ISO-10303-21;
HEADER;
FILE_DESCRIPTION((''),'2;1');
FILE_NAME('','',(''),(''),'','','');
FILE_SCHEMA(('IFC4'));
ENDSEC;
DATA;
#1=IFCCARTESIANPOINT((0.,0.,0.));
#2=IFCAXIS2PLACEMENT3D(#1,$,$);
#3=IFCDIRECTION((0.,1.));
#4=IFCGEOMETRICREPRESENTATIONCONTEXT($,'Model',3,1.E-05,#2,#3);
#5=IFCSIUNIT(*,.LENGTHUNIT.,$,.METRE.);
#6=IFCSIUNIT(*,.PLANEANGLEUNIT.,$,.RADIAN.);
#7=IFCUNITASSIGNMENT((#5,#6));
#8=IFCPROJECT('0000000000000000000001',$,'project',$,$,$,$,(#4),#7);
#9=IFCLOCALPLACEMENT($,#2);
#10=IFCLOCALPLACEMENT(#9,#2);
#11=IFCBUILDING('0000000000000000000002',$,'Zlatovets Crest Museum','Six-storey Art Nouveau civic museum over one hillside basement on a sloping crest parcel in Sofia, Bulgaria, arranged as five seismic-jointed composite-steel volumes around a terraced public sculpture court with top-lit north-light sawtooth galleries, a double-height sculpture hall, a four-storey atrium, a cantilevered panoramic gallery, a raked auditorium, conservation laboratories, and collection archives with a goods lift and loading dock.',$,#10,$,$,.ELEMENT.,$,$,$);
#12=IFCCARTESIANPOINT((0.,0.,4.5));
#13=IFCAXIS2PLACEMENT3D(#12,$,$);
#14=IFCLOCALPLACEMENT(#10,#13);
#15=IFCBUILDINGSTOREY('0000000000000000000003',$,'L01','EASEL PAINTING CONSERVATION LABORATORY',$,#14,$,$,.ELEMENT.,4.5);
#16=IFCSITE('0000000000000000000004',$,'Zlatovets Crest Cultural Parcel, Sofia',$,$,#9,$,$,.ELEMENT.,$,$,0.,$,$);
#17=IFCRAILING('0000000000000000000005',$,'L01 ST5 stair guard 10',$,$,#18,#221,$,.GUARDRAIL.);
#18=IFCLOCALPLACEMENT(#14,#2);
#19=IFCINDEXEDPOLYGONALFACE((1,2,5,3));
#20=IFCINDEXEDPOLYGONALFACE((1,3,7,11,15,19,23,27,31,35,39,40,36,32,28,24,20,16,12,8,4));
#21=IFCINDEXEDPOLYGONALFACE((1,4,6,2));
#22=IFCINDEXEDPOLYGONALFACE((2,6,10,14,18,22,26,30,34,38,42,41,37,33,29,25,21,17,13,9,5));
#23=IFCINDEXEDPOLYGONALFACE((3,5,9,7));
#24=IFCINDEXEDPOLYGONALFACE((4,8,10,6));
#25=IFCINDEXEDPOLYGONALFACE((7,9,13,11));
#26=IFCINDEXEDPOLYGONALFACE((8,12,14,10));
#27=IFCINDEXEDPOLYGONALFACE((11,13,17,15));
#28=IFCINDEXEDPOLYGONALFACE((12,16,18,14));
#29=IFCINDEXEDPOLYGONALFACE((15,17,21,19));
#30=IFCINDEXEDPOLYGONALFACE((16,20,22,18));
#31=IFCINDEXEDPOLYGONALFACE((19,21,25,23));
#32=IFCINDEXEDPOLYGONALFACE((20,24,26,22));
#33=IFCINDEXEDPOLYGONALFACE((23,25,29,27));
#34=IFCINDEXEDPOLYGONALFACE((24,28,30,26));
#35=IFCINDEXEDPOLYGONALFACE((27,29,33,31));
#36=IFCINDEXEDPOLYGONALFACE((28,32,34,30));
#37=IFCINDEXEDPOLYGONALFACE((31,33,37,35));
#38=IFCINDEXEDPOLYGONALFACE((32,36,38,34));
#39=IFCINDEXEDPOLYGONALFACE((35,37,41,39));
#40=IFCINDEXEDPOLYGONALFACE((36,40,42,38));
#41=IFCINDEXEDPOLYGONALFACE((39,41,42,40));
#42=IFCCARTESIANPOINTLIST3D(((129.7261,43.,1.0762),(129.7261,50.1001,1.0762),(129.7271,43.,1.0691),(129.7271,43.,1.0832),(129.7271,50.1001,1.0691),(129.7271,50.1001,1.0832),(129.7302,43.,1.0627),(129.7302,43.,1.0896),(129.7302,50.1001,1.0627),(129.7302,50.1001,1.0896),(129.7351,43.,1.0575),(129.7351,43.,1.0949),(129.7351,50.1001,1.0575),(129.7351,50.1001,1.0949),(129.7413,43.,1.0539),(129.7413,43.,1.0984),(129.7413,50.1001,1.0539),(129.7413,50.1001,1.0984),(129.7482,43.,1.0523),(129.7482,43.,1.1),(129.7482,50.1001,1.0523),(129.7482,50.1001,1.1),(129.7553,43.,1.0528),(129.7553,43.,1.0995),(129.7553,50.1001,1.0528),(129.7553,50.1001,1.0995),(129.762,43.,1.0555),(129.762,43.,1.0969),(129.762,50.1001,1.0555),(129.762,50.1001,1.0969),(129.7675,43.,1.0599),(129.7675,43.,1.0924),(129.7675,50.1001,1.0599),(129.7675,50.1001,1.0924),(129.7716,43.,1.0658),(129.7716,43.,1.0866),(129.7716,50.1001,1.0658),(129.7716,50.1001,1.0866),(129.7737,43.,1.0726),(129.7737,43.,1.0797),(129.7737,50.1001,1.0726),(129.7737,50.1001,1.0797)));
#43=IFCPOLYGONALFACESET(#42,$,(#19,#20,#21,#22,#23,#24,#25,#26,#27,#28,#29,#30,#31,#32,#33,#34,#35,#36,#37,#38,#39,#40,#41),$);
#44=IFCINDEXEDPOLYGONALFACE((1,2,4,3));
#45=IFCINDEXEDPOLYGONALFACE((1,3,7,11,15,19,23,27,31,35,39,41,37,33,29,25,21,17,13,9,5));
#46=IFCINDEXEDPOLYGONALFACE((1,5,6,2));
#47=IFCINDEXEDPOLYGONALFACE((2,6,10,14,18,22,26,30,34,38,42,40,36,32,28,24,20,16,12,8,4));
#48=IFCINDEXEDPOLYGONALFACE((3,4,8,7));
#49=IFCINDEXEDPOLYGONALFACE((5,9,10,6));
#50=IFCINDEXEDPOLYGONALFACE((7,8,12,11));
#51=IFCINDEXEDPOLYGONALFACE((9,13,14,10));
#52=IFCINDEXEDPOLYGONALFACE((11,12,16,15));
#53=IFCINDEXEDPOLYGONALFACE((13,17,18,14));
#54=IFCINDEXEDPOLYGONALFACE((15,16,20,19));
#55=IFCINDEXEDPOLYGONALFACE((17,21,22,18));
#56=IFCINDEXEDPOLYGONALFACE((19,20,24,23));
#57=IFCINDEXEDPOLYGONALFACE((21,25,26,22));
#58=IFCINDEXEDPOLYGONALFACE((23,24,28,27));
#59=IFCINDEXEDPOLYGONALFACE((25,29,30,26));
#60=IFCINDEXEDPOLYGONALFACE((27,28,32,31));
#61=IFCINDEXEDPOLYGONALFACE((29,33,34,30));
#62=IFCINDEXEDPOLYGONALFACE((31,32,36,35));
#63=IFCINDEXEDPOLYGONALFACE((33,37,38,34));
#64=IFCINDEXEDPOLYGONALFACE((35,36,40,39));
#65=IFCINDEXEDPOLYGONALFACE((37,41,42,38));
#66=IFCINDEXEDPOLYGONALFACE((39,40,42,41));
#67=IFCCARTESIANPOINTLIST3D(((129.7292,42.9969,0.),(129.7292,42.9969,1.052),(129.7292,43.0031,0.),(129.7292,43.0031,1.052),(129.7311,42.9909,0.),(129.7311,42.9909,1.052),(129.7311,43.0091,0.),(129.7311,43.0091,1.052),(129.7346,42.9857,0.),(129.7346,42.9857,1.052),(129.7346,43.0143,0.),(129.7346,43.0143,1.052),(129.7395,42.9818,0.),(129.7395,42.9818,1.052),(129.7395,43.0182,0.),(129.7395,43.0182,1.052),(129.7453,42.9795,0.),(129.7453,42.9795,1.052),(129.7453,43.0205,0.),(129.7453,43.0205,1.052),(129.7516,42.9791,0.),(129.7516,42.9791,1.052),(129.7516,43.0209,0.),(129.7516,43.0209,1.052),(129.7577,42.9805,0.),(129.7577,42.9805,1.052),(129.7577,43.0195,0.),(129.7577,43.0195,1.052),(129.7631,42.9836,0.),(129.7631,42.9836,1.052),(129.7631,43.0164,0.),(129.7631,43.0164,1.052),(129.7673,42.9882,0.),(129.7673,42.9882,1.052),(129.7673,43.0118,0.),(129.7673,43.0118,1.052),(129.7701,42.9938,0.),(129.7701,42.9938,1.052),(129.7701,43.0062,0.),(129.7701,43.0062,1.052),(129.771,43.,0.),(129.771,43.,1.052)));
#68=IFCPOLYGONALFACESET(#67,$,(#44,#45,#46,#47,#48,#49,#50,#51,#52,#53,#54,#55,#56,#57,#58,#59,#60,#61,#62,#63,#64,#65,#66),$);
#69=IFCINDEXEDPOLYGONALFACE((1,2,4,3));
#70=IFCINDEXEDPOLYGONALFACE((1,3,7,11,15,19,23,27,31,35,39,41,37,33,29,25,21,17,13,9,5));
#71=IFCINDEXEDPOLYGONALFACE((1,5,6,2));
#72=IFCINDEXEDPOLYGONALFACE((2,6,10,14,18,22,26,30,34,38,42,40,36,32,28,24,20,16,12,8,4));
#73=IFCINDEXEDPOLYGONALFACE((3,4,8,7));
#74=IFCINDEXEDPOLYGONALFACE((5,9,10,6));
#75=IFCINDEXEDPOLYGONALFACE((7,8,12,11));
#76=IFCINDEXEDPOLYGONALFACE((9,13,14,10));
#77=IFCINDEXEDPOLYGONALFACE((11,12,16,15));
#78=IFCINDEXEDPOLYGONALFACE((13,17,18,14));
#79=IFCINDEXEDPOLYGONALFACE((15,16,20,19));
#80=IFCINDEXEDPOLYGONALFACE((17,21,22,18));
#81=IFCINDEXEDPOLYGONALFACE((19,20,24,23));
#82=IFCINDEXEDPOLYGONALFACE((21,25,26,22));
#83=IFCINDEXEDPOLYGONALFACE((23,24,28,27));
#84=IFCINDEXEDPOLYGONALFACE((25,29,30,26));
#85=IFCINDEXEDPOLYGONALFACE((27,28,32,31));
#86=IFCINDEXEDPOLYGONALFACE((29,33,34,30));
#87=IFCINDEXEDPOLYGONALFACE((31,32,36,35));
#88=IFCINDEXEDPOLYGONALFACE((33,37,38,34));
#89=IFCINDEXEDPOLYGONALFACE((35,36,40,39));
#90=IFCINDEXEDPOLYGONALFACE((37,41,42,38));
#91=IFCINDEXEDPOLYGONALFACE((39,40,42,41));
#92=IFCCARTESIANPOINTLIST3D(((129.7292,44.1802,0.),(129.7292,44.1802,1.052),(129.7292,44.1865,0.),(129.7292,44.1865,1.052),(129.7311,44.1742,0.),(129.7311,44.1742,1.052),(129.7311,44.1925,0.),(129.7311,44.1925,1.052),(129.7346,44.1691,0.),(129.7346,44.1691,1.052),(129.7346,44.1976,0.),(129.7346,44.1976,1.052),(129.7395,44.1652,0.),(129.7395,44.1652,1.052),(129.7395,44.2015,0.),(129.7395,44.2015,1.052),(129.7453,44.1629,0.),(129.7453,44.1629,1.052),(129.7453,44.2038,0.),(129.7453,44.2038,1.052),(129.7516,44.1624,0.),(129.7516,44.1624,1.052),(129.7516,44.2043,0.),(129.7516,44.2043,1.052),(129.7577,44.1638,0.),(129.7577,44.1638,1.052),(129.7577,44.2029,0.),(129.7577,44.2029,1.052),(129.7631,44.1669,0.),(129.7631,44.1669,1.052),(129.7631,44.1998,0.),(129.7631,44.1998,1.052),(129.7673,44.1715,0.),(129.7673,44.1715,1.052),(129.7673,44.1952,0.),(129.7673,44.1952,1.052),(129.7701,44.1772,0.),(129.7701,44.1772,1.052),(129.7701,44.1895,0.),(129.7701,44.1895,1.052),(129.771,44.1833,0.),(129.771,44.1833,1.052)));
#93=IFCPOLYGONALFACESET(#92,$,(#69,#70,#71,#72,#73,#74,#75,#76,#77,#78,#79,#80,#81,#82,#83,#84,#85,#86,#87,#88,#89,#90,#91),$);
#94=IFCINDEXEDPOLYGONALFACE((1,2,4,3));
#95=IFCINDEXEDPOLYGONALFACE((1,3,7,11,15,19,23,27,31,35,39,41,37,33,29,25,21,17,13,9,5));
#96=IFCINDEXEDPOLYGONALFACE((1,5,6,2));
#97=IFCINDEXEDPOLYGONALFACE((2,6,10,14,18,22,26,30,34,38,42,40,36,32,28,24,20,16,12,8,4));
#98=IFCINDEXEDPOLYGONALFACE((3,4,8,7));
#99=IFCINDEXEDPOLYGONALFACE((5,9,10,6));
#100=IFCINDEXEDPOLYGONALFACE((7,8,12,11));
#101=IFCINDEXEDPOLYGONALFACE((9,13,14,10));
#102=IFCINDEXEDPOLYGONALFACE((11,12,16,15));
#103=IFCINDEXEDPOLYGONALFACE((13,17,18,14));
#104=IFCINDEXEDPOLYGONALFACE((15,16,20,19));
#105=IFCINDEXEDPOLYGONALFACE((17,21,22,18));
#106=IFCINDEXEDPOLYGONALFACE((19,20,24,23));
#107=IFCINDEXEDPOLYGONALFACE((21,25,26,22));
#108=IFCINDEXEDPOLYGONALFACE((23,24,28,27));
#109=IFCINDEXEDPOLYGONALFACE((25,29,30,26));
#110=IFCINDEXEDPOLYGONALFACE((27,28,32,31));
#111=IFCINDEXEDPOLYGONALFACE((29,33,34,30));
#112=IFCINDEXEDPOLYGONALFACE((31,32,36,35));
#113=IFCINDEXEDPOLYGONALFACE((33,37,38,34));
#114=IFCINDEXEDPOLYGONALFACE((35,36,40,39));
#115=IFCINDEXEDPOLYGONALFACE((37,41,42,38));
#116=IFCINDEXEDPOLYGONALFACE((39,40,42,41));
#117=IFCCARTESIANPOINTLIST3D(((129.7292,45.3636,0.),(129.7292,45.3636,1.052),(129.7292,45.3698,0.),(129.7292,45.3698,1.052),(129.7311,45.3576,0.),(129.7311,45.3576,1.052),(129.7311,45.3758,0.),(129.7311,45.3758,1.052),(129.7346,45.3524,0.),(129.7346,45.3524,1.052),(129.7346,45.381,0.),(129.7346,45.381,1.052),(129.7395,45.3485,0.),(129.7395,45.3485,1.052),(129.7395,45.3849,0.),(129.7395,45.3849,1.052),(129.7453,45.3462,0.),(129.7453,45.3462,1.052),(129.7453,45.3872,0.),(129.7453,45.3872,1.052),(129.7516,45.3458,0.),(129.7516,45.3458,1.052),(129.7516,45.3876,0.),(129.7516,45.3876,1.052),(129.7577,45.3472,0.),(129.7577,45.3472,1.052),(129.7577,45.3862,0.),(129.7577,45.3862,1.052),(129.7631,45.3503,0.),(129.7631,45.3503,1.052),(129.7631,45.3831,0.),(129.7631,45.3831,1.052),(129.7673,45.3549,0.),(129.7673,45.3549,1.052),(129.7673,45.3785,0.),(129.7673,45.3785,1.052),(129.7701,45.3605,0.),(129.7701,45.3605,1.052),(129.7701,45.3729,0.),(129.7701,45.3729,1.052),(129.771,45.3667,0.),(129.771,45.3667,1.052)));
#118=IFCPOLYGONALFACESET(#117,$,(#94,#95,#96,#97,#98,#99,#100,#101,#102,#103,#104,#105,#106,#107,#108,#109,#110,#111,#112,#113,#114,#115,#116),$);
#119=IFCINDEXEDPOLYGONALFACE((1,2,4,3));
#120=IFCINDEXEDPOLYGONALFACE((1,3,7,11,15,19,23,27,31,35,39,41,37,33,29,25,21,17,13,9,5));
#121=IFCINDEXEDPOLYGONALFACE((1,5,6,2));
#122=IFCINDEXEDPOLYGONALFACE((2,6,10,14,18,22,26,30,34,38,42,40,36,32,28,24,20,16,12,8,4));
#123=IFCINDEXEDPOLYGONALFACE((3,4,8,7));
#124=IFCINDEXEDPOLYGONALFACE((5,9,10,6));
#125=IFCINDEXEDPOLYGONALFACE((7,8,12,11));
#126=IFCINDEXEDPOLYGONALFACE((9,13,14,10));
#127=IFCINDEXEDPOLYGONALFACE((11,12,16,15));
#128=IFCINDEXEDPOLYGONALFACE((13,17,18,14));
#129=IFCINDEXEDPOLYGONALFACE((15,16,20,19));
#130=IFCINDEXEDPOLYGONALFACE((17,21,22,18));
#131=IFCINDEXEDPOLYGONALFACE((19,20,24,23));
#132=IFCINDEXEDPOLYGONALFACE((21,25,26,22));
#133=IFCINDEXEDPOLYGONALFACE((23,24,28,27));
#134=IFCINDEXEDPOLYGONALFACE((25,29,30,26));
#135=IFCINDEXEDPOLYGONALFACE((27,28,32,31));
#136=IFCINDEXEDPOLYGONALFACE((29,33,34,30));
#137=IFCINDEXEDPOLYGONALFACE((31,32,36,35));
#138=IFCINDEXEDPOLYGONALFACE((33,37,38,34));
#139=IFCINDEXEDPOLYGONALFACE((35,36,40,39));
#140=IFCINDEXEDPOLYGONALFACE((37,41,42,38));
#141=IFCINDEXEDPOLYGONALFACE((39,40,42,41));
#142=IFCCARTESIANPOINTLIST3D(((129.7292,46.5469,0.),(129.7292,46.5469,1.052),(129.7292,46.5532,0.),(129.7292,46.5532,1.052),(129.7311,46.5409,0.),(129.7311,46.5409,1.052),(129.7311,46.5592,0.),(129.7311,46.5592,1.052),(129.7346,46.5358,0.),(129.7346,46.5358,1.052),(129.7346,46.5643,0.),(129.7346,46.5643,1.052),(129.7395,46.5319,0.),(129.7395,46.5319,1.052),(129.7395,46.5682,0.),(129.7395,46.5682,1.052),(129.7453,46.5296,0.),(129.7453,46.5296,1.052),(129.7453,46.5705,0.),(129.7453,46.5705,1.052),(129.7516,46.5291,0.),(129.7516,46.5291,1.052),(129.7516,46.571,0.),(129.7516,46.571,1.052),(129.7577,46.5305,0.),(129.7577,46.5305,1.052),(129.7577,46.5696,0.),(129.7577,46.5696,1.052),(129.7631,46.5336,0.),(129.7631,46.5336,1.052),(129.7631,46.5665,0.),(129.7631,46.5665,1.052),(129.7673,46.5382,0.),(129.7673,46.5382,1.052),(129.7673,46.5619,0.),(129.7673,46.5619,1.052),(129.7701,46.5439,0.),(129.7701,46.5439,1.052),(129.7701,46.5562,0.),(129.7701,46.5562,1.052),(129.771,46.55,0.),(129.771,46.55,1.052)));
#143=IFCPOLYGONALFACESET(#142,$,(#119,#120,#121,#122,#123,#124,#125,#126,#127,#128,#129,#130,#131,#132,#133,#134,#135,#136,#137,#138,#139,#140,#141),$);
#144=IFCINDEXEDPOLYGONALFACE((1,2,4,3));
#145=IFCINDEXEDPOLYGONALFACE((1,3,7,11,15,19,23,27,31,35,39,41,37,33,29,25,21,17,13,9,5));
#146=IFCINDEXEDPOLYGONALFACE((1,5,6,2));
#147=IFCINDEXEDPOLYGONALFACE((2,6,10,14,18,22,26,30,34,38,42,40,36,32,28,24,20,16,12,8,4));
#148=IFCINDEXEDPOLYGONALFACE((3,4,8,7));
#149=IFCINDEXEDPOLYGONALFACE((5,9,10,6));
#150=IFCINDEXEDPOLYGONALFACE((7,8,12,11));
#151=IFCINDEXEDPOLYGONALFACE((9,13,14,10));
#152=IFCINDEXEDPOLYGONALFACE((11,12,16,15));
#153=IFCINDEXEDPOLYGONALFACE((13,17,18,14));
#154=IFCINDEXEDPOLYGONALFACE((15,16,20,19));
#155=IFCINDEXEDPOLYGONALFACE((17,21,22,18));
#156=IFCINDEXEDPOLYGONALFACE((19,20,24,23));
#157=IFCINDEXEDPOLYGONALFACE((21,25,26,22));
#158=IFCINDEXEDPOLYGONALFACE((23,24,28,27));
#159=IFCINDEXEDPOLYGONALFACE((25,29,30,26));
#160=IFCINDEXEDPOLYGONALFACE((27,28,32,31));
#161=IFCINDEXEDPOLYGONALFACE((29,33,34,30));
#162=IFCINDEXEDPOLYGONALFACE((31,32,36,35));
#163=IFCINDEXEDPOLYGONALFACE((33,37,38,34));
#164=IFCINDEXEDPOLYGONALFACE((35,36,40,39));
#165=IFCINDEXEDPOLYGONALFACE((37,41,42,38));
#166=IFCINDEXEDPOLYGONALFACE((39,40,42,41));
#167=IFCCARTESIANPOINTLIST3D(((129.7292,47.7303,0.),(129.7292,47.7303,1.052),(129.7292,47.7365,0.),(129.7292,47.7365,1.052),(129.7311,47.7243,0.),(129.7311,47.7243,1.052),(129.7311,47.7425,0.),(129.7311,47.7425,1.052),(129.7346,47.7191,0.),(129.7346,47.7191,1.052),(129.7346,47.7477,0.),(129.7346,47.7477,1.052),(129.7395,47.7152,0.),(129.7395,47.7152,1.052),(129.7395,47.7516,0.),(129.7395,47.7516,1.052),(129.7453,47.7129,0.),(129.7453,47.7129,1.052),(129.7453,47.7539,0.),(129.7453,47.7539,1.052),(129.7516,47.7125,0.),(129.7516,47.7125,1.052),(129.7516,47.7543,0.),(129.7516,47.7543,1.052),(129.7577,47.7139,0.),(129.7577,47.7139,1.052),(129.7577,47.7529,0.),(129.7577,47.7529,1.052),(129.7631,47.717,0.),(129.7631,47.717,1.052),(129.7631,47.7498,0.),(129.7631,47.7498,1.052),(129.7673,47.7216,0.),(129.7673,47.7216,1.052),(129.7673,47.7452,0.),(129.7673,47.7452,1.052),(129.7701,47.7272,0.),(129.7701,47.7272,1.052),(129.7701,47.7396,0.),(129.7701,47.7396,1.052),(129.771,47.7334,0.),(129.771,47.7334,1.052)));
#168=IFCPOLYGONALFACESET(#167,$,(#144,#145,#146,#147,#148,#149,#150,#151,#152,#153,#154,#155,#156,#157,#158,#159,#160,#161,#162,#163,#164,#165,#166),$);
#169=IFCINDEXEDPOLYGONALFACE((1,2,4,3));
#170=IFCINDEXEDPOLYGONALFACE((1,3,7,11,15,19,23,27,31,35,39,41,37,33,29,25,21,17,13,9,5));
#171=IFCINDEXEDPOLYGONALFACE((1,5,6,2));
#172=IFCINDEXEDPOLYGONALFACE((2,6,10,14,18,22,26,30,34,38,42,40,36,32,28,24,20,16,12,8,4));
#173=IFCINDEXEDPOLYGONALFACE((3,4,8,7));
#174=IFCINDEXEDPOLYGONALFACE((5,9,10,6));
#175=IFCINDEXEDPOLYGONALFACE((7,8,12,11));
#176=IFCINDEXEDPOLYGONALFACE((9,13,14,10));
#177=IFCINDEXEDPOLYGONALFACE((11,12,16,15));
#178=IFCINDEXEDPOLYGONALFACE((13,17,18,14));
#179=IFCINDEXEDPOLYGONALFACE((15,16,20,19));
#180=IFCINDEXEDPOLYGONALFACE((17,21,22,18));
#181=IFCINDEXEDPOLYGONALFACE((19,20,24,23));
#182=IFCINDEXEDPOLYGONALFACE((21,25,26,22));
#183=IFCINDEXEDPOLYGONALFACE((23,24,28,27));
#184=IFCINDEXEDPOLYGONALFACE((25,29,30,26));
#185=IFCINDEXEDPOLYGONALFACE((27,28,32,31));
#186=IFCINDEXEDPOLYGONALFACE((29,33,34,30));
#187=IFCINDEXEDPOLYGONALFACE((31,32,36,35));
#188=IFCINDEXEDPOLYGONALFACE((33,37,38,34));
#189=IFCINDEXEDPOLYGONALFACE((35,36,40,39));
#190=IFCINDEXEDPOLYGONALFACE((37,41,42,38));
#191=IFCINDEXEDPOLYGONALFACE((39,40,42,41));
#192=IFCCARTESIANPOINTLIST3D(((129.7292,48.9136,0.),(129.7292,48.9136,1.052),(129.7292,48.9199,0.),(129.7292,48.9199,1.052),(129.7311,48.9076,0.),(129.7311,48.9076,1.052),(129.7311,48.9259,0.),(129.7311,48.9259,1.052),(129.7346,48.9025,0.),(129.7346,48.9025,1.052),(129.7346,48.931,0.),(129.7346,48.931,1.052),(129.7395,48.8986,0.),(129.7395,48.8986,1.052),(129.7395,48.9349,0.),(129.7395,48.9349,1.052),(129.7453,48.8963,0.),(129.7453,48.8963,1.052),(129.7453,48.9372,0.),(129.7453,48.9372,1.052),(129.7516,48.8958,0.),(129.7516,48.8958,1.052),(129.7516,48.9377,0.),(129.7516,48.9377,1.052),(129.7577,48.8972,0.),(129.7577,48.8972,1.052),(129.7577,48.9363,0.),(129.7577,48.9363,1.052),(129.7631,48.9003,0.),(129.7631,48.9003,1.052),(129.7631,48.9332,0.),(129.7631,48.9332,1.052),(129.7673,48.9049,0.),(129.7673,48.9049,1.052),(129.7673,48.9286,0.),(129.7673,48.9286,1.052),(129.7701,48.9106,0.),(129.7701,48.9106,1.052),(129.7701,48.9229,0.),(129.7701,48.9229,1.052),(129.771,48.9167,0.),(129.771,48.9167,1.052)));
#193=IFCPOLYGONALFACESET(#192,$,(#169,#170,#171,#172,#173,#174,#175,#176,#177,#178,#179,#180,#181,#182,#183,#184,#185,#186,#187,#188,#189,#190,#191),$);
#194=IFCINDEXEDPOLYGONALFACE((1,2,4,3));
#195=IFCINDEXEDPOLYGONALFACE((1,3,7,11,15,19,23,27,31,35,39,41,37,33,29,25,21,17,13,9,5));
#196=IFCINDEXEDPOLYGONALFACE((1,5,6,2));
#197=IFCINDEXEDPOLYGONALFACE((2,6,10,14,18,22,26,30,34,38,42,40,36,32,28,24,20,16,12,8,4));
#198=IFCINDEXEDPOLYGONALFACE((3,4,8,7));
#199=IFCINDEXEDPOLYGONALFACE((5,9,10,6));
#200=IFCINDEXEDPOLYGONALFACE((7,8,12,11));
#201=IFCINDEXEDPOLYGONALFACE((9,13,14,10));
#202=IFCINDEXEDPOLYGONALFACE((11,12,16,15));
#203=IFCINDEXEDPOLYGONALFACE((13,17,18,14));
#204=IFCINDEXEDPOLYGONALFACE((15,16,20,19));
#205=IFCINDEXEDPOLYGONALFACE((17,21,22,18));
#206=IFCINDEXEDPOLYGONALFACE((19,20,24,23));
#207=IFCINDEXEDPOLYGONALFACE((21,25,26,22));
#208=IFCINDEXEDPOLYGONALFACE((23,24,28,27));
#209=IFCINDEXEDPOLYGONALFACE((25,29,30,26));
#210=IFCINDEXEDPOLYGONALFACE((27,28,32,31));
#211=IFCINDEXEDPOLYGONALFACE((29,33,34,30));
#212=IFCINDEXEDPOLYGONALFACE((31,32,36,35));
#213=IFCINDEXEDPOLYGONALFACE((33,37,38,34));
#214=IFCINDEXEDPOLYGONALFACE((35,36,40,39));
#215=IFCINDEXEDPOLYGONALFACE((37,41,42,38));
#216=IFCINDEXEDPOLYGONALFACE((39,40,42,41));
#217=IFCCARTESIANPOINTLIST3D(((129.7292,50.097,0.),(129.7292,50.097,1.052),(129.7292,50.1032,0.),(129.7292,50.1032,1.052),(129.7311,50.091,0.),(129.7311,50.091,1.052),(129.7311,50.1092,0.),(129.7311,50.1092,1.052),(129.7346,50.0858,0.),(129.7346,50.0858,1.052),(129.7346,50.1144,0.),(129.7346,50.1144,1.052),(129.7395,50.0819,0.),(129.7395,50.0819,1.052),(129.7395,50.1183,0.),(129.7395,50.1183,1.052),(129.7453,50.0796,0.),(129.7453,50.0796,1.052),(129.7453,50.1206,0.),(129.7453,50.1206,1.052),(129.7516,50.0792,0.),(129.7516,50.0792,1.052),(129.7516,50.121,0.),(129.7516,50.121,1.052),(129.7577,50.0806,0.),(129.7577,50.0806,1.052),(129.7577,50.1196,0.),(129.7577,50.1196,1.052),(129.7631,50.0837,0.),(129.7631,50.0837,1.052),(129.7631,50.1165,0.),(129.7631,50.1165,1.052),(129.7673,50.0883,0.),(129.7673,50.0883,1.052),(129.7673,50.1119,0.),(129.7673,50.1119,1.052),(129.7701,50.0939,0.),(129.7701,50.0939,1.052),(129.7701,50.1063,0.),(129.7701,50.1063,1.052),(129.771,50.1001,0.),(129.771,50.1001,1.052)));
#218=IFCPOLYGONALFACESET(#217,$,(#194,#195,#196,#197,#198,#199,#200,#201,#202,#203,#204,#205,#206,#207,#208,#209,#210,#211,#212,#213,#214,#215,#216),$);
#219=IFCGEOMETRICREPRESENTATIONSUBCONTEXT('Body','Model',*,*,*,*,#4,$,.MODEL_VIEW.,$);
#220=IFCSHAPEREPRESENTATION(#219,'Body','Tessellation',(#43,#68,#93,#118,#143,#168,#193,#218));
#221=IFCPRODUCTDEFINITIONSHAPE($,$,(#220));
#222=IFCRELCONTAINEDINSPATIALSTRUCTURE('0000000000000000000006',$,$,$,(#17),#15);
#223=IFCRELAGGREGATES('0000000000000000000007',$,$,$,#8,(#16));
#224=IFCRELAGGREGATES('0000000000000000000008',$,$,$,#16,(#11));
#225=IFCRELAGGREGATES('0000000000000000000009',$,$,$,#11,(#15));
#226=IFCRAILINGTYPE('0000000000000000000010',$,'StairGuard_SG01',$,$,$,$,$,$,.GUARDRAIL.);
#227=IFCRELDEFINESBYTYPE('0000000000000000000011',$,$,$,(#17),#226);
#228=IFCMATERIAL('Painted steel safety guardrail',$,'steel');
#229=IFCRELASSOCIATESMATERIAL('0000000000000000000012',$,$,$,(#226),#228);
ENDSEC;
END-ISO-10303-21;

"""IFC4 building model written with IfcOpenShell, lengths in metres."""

from ifc_helpers import new_model, si_unit, direction, frame, origin, origin_2d, place, context, subcontext, project, spatial, circle, extrude, material, type_object, element, save


model = new_model("IFC4")

# Units and contexts
model_context = context("Model", 3, precision=1e-05, world=origin(), true_north=direction((0.0, 1.0)))
body_context = subcontext(model_context, "Body", "Model", "MODEL_VIEW")
ifc_project = project(units=[si_unit("LENGTHUNIT", "METRE"), si_unit("PLANEANGLEUNIT", "RADIAN")], contexts=[model_context])

# Site, building, storey
site_placement = place(None, origin())
site = spatial("IfcSite", under=ifc_project, at=site_placement, Name="Zlatovets Crest Cultural Parcel, Sofia", CompositionType="ELEMENT", RefElevation=0.0)
building_placement = place(site_placement, origin())
building = spatial("IfcBuilding", under=site, at=building_placement, Name="Zlatovets Crest Museum", Description="Six-storey Art Nouveau civic museum over one hillside basement on a sloping crest parcel in Sofia, Bulgaria, arranged as five seismic-jointed composite-steel volumes around a terraced public sculpture court with top-lit north-light sawtooth galleries, a double-height sculpture hall, a four-storey atrium, a cantilevered panoramic gallery, a raked auditorium, conservation laboratories, and collection archives with a goods lift and loading dock.", CompositionType="ELEMENT")
storey_placement = place(building_placement, frame((0.0, 0.0, 4.5)))
storey = spatial("IfcBuildingStorey", under=building, at=storey_placement, Name="L01", Description="EASEL PAINTING CONSERVATION LABORATORY", CompositionType="ELEMENT", Elevation=4.5)

# Railing
ifc_material_1 = material(Name="Painted steel safety guardrail", Category="steel")
railing_type_1 = type_object("IfcRailingType", Name="StairGuard_SG01", PredefinedType="GUARDRAIL", material=ifc_material_1)
for number, where, name in (
    (1, (129.75, 43.0, 0.0), "L01 ST5 stair guard 10"),
):
    element("IfcRailing", number, at=place(storey_placement, frame(where)), inside=storey, type_object=railing_type_1, Name=name, PredefinedType="GUARDRAIL", context=body_context, shape_type="SweptSolid", body=[
        extrude(circle(Radius=0.0239, at=origin_2d()), frame((0.0, 0.0, 1.0762), z_axis=(0.0, 1.0, 0.0), x_axis=(-1.0, 0.0, 0.0)), (0.0, 0.0, 1.0), 7.1001),
        extrude(circle(Radius=0.021, at=origin_2d()), origin(), (0.0, 0.0, 1.0), 1.052),
        extrude(circle(Radius=0.021, at=origin_2d()), frame((0.0, 1.1833, 0.0)), (0.0, 0.0, 1.0), 1.052),
        extrude(circle(Radius=0.021, at=origin_2d()), frame((0.0, 2.3667, 0.0)), (0.0, 0.0, 1.0), 1.052),
        extrude(circle(Radius=0.021, at=origin_2d()), frame((0.0, 3.55, 0.0)), (0.0, 0.0, 1.0), 1.052),
        extrude(circle(Radius=0.021, at=origin_2d()), frame((0.0, 4.7334, 0.0)), (0.0, 0.0, 1.0), 1.052),
        extrude(circle(Radius=0.021, at=origin_2d()), frame((0.0, 5.9167, 0.0)), (0.0, 0.0, 1.0), 1.052),
        extrude(circle(Radius=0.021, at=origin_2d()), frame((0.0, 7.1001, 0.0)), (0.0, 0.0, 1.0), 1.052),
    ])

save(model, "model.ifc")
